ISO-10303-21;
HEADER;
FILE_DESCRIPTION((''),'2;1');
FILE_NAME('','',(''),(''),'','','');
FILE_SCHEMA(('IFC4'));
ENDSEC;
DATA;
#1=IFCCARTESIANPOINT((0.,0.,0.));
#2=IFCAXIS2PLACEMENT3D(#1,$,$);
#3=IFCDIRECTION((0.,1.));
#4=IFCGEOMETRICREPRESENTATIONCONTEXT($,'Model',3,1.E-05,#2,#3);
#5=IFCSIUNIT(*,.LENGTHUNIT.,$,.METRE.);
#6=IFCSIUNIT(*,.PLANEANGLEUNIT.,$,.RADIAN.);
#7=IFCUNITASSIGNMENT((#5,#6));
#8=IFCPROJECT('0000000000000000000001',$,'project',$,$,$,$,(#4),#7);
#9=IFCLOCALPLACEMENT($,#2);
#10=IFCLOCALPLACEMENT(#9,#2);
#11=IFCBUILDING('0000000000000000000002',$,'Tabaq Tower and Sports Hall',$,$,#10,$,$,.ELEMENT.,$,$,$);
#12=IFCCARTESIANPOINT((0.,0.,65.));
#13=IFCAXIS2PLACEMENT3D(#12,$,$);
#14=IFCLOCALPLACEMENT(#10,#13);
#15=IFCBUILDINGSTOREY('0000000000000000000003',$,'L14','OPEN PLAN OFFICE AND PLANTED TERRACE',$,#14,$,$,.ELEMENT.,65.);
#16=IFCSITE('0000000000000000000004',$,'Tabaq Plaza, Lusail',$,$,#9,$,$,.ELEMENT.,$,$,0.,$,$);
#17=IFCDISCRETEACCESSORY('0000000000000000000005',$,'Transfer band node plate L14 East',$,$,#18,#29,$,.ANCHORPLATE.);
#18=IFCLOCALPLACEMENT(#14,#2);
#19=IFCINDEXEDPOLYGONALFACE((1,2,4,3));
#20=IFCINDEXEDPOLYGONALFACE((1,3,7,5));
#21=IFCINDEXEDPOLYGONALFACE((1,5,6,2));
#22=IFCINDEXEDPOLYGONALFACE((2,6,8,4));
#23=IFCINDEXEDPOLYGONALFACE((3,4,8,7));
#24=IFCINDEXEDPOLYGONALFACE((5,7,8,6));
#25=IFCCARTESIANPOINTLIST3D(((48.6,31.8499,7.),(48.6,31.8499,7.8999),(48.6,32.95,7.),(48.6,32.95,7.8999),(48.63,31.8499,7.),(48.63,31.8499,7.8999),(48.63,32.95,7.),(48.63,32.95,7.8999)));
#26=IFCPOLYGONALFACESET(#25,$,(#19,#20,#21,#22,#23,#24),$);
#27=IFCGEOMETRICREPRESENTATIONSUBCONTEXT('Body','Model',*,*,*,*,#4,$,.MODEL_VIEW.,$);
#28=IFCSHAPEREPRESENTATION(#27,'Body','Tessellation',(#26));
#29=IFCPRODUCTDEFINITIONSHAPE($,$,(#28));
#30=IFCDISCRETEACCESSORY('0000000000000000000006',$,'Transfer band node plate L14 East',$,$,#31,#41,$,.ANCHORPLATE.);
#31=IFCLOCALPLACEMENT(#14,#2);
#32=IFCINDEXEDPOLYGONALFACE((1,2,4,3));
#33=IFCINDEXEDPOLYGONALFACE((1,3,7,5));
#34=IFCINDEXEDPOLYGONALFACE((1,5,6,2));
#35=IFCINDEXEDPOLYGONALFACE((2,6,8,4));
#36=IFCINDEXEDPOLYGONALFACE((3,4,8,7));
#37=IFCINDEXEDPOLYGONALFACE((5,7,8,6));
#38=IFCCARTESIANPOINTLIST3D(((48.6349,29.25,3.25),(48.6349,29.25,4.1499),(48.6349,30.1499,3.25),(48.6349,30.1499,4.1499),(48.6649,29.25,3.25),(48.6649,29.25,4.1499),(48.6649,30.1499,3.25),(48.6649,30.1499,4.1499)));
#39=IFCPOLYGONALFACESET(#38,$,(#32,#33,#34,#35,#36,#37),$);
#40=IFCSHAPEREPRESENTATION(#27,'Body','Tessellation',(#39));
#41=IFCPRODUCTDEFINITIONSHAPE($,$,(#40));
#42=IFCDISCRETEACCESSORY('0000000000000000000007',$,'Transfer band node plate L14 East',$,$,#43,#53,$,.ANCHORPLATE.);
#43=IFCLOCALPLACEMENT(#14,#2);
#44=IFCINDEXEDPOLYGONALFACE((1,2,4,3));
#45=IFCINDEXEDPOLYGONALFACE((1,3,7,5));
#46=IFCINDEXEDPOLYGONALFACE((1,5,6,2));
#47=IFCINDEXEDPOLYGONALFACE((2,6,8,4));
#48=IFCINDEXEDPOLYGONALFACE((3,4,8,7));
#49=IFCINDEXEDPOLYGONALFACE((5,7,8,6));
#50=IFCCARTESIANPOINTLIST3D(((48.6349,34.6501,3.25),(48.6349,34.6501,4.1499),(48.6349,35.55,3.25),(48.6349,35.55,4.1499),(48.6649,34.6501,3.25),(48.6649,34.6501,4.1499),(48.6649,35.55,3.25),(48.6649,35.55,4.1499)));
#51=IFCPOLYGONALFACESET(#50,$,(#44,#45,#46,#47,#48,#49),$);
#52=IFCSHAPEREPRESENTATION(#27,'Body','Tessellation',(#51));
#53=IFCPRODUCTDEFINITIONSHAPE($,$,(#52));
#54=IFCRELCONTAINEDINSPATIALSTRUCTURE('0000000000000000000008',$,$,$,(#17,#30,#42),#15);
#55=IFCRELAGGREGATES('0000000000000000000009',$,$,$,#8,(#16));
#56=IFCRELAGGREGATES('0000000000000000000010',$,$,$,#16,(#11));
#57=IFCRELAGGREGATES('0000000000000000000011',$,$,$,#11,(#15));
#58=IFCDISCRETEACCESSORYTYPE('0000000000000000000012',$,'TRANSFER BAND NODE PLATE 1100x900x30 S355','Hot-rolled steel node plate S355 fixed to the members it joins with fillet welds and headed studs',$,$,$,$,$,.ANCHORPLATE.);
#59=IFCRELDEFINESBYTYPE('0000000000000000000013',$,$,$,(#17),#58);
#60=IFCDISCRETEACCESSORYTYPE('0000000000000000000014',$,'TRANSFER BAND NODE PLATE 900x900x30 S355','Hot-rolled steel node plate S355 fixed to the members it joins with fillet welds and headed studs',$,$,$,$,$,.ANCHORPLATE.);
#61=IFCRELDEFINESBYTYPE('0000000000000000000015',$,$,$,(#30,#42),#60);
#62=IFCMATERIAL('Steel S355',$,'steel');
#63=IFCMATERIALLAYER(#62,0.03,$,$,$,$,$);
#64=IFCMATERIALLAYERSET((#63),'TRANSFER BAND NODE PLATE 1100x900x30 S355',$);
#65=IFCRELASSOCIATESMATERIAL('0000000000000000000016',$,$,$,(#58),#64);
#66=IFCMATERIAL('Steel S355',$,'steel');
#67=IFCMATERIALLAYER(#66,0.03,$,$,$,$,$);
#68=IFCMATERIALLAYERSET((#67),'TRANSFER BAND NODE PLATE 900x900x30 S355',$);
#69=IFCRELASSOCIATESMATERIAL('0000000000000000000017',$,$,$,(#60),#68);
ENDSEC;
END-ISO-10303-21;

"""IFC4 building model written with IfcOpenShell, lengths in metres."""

from ifc_helpers import new_model, si_unit, direction, frame, origin, origin_2d, place, context, subcontext, project, spatial, rectangle, extrude, material, layer, layer_set, type_object, element, save


model = new_model("IFC4")

# Units and contexts
model_context = context("Model", 3, precision=1e-05, world=origin(), true_north=direction((0.0, 1.0)))
body_context = subcontext(model_context, "Body", "Model", "MODEL_VIEW")
ifc_project = project(units=[si_unit("LENGTHUNIT", "METRE"), si_unit("PLANEANGLEUNIT", "RADIAN")], contexts=[model_context])

# Site, building, storey
site_placement = place(None, origin())
site = spatial("IfcSite", under=ifc_project, at=site_placement, Name="Tabaq Plaza, Lusail", CompositionType="ELEMENT", RefElevation=0.0)
building_placement = place(site_placement, origin())
building = spatial("IfcBuilding", under=site, at=building_placement, Name="Tabaq Tower and Sports Hall", CompositionType="ELEMENT")
storey_placement = place(building_placement, frame((0.0, 0.0, 65.0)))
storey = spatial("IfcBuildingStorey", under=building, at=storey_placement, Name="L14", Description="OPEN PLAN OFFICE AND PLANTED TERRACE", CompositionType="ELEMENT", Elevation=65.0)

# Discrete accessories
ifc_material_1 = material(Name="Steel S355", Category="steel")
ifc_layer_1 = layer(ifc_material_1, 0.03)
ifc_layer_set_1 = layer_set([ifc_layer_1], Name="TRANSFER BAND NODE PLATE 1100x900x30 S355")
discrete_accessory_type_1 = type_object("IfcDiscreteAccessoryType", Name="TRANSFER BAND NODE PLATE 1100x900x30 S355", Description="Hot-rolled steel node plate S355 fixed to the members it joins with fillet welds and headed studs", PredefinedType="ANCHORPLATE", material=ifc_layer_set_1)
for number, where, z_axis, x_axis, name in (
    (1, (48.615, 32.3999, 7.0), (0.0, 0.0, 1.0), (0.0, 1.0, 0.0), "Transfer band node plate L14 East"),
):
    element("IfcDiscreteAccessory", number, at=place(storey_placement, frame(where, z_axis=z_axis, x_axis=x_axis)), inside=storey, type_object=discrete_accessory_type_1, Name=name, PredefinedType="ANCHORPLATE", context=body_context, shape_type="SweptSolid", body=[
        extrude(rectangle(XDim=1.1001, YDim=0.03, at=origin_2d()), origin(), (0.0, 0.0, 1.0), 0.8999),
    ])
ifc_material_2 = material(Name="Steel S355", Category="steel")
ifc_layer_2 = layer(ifc_material_2, 0.03)
ifc_layer_set_2 = layer_set([ifc_layer_2], Name="TRANSFER BAND NODE PLATE 900x900x30 S355")
discrete_accessory_type_2 = type_object("IfcDiscreteAccessoryType", Name="TRANSFER BAND NODE PLATE 900x900x30 S355", Description="Hot-rolled steel node plate S355 fixed to the members it joins with fillet welds and headed studs", PredefinedType="ANCHORPLATE", material=ifc_layer_set_2)
for number, where, z_axis, x_axis, name in (
    (2, (48.6499, 29.7, 3.25), (0.0, 0.0, 1.0), (0.0, 1.0, 0.0), "Transfer band node plate L14 East"),
    (3, (48.6499, 35.1001, 3.25), (0.0, 0.0, 1.0), (0.0, 1.0, 0.0), "Transfer band node plate L14 East"),
):
    element("IfcDiscreteAccessory", number, at=place(storey_placement, frame(where, z_axis=z_axis, x_axis=x_axis)), inside=storey, type_object=discrete_accessory_type_2, Name=name, PredefinedType="ANCHORPLATE", context=body_context, shape_type="SweptSolid", body=[
        extrude(rectangle(XDim=0.8999, YDim=0.03, at=origin_2d()), origin(), (0.0, 0.0, 1.0), 0.8999),
    ])

save(model, "model.ifc")
